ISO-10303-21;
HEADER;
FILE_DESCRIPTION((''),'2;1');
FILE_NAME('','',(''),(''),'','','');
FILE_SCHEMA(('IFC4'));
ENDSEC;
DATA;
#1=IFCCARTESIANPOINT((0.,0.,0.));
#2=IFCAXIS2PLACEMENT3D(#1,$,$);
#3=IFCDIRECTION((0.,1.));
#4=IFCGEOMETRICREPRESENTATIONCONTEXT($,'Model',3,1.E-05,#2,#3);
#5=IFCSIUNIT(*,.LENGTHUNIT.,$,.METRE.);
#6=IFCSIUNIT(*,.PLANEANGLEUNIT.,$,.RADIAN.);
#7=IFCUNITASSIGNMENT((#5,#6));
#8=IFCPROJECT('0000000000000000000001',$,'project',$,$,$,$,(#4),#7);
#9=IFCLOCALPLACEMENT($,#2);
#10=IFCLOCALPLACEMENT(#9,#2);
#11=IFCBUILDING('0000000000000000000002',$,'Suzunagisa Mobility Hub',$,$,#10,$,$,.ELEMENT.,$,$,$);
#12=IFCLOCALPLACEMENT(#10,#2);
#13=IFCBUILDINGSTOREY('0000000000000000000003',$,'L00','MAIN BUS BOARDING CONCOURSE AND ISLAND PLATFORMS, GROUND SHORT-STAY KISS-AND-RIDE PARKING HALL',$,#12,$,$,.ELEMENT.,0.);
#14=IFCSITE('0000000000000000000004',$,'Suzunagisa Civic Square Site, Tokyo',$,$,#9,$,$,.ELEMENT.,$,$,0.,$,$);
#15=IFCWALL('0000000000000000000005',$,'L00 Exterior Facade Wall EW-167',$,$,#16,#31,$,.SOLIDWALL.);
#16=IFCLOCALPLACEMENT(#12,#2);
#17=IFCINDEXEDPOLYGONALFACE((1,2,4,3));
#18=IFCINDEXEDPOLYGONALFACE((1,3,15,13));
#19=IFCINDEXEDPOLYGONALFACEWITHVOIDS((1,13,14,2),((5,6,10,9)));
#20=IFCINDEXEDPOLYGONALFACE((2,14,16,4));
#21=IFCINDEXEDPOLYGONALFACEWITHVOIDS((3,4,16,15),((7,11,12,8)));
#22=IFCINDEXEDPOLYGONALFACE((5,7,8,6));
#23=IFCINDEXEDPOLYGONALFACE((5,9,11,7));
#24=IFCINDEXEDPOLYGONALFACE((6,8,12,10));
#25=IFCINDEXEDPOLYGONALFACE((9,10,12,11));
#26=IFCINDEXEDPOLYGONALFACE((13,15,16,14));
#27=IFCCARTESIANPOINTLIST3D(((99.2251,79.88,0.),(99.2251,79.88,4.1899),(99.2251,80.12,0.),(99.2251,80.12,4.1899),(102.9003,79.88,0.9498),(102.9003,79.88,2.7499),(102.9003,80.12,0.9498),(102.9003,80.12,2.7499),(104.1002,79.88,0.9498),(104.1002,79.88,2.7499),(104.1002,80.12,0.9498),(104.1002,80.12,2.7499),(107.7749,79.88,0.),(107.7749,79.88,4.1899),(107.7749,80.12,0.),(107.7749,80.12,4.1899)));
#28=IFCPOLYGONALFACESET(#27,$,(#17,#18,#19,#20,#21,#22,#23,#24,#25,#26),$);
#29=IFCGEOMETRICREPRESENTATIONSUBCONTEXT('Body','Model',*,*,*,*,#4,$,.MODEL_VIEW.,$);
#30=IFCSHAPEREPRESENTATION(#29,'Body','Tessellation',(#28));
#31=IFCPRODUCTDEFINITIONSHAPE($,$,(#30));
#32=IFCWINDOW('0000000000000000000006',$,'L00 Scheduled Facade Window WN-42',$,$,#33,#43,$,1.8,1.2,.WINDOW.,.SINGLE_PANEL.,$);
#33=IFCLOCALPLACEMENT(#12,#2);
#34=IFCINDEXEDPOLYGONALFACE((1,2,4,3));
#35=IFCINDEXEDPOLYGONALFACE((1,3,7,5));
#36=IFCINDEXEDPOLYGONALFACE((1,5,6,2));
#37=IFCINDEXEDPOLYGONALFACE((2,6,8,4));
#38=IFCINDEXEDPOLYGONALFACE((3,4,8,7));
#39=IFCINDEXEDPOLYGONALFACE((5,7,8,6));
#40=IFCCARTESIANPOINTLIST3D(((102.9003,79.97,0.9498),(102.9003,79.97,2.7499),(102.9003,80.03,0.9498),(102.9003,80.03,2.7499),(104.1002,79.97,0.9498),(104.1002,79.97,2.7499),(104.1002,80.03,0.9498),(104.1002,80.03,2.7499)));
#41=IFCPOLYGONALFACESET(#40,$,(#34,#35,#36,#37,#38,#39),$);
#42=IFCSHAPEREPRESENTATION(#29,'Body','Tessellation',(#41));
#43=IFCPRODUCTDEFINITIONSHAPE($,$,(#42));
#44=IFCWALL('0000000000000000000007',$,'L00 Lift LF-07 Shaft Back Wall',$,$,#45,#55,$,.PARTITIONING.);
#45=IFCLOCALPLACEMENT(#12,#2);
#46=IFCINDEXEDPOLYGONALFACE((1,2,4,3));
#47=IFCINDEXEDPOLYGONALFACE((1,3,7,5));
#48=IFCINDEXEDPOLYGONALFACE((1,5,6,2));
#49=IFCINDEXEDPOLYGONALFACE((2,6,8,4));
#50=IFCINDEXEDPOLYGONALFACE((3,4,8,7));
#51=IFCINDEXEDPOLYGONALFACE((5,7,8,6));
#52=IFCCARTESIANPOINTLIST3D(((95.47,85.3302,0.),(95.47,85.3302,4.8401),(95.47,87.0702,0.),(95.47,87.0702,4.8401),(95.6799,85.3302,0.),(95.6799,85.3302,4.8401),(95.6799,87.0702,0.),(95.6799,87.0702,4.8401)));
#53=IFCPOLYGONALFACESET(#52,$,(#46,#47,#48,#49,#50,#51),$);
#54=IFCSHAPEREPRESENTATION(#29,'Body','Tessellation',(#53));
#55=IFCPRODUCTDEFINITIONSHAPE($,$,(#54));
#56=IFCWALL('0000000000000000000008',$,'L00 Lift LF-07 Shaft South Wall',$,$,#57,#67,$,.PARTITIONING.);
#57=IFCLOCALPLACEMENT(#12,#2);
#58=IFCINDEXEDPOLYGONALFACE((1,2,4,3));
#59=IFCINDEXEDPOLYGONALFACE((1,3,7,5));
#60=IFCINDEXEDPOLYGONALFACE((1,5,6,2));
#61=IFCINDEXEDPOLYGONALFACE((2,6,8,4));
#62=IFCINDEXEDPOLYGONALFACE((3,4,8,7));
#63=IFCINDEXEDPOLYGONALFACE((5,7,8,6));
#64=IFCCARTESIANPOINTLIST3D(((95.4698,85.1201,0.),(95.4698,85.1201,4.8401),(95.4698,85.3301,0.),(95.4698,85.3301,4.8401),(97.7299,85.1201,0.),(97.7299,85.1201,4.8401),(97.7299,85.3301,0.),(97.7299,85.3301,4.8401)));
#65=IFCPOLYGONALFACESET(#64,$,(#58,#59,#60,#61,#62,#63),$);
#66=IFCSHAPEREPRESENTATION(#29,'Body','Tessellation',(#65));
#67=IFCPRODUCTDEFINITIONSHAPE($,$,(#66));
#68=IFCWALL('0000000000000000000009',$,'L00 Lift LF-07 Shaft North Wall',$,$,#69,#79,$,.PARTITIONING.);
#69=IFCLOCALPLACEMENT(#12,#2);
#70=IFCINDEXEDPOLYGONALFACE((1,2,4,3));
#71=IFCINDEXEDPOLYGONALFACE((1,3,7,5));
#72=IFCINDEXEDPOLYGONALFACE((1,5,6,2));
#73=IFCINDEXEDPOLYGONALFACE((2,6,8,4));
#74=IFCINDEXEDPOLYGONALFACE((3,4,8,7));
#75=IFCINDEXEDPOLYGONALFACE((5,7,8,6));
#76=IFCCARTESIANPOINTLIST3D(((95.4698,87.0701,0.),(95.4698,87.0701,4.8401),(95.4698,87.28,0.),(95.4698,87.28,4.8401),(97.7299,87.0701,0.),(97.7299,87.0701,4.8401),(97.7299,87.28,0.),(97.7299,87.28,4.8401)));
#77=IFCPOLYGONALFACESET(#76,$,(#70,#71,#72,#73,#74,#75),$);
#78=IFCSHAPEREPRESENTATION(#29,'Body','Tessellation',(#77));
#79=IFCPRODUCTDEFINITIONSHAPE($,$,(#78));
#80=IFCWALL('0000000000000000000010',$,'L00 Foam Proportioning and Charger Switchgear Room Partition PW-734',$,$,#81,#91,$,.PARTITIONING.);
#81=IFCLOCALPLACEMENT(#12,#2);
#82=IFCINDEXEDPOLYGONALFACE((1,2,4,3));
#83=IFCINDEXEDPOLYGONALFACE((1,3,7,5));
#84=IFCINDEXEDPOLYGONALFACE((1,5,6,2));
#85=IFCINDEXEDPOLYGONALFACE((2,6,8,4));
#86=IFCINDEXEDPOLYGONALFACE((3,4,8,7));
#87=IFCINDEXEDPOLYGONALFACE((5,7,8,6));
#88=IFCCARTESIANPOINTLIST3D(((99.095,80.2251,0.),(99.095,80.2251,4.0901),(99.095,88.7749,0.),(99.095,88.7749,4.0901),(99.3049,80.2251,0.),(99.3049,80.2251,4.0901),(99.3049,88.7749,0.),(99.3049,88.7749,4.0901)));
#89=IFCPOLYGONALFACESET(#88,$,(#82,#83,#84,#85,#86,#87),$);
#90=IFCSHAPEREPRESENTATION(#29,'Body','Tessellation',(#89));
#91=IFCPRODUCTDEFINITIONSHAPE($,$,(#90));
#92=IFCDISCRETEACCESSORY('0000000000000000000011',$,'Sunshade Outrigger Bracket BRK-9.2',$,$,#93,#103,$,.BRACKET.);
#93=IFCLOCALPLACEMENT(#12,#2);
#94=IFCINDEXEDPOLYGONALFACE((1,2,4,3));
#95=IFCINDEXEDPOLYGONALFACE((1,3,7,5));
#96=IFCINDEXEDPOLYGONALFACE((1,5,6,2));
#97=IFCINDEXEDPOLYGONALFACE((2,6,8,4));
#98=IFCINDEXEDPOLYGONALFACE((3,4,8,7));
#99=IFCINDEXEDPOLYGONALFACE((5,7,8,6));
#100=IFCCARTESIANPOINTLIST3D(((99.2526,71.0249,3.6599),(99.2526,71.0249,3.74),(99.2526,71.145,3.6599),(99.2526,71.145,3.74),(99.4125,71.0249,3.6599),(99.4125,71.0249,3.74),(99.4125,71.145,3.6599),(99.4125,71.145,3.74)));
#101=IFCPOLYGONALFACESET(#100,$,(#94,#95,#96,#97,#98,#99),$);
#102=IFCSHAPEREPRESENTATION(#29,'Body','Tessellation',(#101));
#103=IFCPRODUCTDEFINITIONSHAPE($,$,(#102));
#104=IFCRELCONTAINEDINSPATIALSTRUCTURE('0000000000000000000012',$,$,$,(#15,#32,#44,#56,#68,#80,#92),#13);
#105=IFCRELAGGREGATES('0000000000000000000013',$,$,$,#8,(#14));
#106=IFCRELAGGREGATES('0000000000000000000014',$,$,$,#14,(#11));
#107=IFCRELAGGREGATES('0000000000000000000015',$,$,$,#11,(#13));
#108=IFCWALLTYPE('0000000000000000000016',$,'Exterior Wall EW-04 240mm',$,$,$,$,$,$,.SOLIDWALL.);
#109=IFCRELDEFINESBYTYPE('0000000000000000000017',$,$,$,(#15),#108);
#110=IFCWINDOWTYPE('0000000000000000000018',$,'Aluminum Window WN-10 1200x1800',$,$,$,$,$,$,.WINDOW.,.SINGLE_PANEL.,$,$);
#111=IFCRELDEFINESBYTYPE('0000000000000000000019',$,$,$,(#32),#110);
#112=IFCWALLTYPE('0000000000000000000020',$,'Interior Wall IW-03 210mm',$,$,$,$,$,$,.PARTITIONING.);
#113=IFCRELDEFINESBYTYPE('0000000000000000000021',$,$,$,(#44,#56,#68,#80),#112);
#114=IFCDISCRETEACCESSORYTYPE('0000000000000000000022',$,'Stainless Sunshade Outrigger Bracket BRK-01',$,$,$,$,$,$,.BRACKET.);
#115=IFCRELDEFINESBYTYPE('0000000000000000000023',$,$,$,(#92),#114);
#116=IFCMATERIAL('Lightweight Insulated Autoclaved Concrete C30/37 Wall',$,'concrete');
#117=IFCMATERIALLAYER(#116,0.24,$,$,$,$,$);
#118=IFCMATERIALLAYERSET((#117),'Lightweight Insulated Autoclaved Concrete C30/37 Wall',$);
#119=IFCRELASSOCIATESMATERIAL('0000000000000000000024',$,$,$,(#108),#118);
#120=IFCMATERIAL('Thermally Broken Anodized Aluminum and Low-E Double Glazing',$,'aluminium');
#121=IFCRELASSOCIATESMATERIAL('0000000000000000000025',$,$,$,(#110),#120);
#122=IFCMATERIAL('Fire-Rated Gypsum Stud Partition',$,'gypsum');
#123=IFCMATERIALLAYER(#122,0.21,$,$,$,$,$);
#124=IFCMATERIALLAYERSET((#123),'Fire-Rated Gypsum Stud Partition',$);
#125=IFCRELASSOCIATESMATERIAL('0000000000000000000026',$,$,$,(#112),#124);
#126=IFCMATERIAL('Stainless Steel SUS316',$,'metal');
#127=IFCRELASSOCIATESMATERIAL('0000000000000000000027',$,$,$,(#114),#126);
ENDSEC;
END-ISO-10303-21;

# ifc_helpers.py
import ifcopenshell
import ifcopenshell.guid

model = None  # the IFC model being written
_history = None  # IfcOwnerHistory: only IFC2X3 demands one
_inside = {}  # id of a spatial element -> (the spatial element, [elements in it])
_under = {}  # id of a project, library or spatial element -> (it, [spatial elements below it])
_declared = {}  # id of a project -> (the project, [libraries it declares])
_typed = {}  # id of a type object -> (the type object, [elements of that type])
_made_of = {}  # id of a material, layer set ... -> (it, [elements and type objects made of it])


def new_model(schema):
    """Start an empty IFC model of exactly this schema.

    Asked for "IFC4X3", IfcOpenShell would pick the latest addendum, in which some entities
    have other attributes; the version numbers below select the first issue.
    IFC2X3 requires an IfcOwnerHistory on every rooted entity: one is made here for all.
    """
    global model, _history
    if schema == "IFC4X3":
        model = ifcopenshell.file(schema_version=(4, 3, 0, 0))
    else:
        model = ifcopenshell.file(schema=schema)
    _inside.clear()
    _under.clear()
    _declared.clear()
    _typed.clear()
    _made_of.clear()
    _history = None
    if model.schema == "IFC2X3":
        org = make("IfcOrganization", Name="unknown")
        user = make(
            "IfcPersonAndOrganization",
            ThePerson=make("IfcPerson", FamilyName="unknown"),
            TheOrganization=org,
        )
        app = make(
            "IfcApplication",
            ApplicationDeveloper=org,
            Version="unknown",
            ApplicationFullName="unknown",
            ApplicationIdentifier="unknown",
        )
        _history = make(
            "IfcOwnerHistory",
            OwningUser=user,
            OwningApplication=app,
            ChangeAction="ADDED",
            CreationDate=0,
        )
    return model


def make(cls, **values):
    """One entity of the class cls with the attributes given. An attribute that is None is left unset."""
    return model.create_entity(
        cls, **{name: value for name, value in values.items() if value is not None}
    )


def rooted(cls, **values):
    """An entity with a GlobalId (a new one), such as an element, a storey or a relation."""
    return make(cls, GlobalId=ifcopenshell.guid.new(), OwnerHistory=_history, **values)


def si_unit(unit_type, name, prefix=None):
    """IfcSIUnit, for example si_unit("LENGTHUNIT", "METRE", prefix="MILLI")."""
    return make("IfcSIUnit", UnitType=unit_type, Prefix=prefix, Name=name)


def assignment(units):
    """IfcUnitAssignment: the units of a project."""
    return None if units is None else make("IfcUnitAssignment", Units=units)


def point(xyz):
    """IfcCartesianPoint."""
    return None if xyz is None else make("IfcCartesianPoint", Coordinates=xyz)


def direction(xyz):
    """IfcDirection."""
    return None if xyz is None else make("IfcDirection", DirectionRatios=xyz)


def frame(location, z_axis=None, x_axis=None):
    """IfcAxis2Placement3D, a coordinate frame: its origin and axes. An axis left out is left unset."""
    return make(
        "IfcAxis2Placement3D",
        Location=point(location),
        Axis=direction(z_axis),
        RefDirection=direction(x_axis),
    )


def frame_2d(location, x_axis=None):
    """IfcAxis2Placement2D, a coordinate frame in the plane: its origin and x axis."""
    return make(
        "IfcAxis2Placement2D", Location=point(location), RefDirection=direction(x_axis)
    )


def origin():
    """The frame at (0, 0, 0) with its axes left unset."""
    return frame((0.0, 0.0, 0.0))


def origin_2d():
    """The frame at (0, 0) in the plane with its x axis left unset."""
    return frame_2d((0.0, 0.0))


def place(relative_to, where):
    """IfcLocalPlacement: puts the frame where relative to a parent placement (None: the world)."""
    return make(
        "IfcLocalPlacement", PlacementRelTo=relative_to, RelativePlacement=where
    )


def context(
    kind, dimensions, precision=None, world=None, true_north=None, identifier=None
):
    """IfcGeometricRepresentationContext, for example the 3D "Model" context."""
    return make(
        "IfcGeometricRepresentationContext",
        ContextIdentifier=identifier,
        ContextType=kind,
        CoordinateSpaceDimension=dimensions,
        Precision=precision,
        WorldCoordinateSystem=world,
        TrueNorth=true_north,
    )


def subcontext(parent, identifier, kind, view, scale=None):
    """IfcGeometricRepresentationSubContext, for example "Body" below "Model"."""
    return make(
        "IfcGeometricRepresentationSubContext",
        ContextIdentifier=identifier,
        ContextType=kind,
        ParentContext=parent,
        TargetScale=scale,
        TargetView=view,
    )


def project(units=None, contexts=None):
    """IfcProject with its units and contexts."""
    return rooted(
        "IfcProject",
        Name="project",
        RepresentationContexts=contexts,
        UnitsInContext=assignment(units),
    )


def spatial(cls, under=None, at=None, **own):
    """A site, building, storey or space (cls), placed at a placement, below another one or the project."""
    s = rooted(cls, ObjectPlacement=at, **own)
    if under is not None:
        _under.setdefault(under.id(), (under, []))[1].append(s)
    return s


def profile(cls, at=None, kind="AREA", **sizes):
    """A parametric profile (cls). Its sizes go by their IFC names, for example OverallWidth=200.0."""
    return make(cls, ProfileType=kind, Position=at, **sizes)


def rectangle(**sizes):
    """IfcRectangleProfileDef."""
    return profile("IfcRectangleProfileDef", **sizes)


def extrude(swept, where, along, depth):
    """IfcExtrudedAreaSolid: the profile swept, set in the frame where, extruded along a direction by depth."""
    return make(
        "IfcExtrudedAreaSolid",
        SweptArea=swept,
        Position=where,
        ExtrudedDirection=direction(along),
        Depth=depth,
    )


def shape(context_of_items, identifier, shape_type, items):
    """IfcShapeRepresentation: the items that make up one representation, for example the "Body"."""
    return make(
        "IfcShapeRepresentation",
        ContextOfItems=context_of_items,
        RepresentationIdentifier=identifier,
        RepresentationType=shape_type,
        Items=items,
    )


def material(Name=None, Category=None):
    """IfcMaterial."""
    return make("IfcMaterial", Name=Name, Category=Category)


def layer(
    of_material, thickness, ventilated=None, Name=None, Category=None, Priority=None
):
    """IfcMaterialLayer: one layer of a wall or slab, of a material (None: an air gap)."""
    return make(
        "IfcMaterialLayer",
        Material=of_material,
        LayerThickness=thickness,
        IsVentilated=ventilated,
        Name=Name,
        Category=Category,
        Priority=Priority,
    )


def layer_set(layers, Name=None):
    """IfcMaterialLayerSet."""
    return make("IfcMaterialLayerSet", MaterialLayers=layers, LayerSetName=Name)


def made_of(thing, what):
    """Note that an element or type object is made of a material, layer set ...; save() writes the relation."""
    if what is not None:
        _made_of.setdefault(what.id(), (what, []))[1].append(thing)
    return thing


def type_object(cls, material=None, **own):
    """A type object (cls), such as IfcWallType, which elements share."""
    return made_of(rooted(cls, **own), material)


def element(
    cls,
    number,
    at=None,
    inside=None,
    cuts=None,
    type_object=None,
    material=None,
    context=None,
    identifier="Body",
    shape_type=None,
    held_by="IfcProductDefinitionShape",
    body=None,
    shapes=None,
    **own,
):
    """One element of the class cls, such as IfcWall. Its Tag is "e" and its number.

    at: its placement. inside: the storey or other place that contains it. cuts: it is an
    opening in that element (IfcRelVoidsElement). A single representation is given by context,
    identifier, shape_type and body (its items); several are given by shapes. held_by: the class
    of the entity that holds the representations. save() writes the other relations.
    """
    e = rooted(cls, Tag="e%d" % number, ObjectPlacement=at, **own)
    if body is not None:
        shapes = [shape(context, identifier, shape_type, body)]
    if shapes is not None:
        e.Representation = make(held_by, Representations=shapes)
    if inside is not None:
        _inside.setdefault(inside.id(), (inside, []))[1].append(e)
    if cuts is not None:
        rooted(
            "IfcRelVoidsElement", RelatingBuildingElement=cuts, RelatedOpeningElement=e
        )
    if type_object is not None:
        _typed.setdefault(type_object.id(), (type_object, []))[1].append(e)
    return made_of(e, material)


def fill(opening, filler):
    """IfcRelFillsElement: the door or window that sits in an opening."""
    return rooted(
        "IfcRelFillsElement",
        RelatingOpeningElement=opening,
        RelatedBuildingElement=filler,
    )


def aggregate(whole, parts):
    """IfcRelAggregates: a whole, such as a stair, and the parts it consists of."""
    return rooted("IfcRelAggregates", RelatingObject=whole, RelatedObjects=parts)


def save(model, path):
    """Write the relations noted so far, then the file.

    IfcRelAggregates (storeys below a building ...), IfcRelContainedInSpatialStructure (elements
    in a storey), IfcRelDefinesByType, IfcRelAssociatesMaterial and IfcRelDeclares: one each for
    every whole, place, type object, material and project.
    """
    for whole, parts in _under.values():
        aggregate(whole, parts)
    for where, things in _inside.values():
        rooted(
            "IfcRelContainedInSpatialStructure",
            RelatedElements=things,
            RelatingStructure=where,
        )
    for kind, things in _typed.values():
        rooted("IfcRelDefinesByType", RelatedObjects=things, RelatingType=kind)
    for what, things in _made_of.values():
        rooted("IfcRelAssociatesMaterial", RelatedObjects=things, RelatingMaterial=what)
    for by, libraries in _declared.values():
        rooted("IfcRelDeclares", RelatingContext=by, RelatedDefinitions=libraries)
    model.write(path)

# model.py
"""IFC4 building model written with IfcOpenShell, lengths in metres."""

from ifc_helpers import new_model, si_unit, direction, frame, frame_2d, origin, origin_2d, place, context, subcontext, project, spatial, rectangle, extrude, material, layer, layer_set, type_object, element, fill, save


model = new_model("IFC4")

# Units and contexts
model_context = context("Model", 3, precision=1e-05, world=origin(), true_north=direction((0.0, 1.0)))
body_context = subcontext(model_context, "Body", "Model", "MODEL_VIEW")
ifc_project = project(units=[si_unit("LENGTHUNIT", "METRE"), si_unit("PLANEANGLEUNIT", "RADIAN")], contexts=[model_context])

# Site, building, storey
site_placement = place(None, origin())
site = spatial("IfcSite", under=ifc_project, at=site_placement, Name="Suzunagisa Civic Square Site, Tokyo", CompositionType="ELEMENT", RefElevation=0.0)
building_placement = place(site_placement, origin())
building = spatial("IfcBuilding", under=site, at=building_placement, Name="Suzunagisa Mobility Hub", CompositionType="ELEMENT")
storey_placement = place(building_placement, origin())
storey = spatial("IfcBuildingStorey", under=building, at=storey_placement, Name="L00", Description="MAIN BUS BOARDING CONCOURSE AND ISLAND PLATFORMS, GROUND SHORT-STAY KISS-AND-RIDE PARKING HALL", CompositionType="ELEMENT", Elevation=0.0)

# Wall, opening, window
ifc_material_1 = material(Name="Lightweight Insulated Autoclaved Concrete C30/37 Wall", Category="concrete")
ifc_layer_1 = layer(ifc_material_1, 0.24)
ifc_layer_set_1 = layer_set([ifc_layer_1], Name="Lightweight Insulated Autoclaved Concrete C30/37 Wall")
wall_type_1 = type_object("IfcWallType", Name="Exterior Wall EW-04 240mm", PredefinedType="SOLIDWALL", material=ifc_layer_set_1)
wall_1_placement = place(storey_placement, frame((99.2251, 80.0, 0.0), z_axis=(0.0, 0.0, 1.0), x_axis=(1.0, 0.0, 0.0)))
wall_1 = element("IfcWall", 1, at=wall_1_placement, inside=storey, type_object=wall_type_1, Name="L00 Exterior Facade Wall EW-167", PredefinedType="SOLIDWALL", context=body_context, shape_type="SweptSolid", body=[
    extrude(rectangle(XDim=8.5498, YDim=0.24, at=frame_2d((4.2749, 0.0))), origin(), (0.0, 0.0, 1.0), 4.1899),
])
opening_1_placement = place(wall_1_placement, frame((3.675, 0.0, 0.95)))
opening_1 = element("IfcOpeningElement", 2, at=opening_1_placement, cuts=wall_1, PredefinedType="OPENING", context=body_context, shape_type="SweptSolid", body=[
    extrude(rectangle(XDim=1.2, YDim=1.8, at=frame_2d((0.6001, 0.8999))), frame((0.0, 0.1309, 0.0), z_axis=(0.0, -1.0, 0.0), x_axis=(1.0, 0.0, 0.0)), (0.0, 0.0, 1.0), 0.262),
])
ifc_material_2 = material(Name="Thermally Broken Anodized Aluminum and Low-E Double Glazing", Category="aluminium")
window_type = type_object("IfcWindowType", Name="Aluminum Window WN-10 1200x1800", PartitioningType="SINGLE_PANEL", PredefinedType="WINDOW", material=ifc_material_2)
window_placement = place(opening_1_placement, origin())
window = element("IfcWindow", 3, at=window_placement, inside=storey, type_object=window_type, Name="L00 Scheduled Facade Window WN-42", OverallHeight=1.8, OverallWidth=1.2, PartitioningType="SINGLE_PANEL", PredefinedType="WINDOW", context=body_context, shape_type="SweptSolid", body=[
    extrude(rectangle(XDim=1.2, YDim=1.8, at=frame_2d((0.6001, 0.8999))), frame((0.0, 0.03, 0.0), z_axis=(0.0, -1.0, 0.0), x_axis=(1.0, 0.0, 0.0)), (0.0, 0.0, 1.0), 0.0601),
])
fill(opening_1, window)

# Shared definitions
ifc_material_3 = material(Name="Fire-Rated Gypsum Stud Partition", Category="gypsum")
ifc_layer_2 = layer(ifc_material_3, 0.21)
ifc_layer_set_2 = layer_set([ifc_layer_2], Name="Fire-Rated Gypsum Stud Partition")
wall_type_2 = type_object("IfcWallType", Name="Interior Wall IW-03 210mm", PredefinedType="PARTITIONING", material=ifc_layer_set_2)

# Walls
wall_2_placement = place(storey_placement, frame((95.575, 85.3301, 0.0), z_axis=(0.0, 0.0, 1.0), x_axis=(0.0, 1.0, 0.0)))
element("IfcWall", 4, at=wall_2_placement, inside=storey, type_object=wall_type_2, Name="L00 Lift LF-07 Shaft Back Wall", PredefinedType="PARTITIONING", context=body_context, shape_type="SweptSolid", body=[
    extrude(rectangle(XDim=1.74, YDim=0.21, at=frame_2d((0.8701, 0.0))), origin(), (0.0, 0.0, 1.0), 4.8401),
])
for number, where, z_axis, x_axis, name in (
    (5, (95.47, 85.2251, 0.0), (0.0, 0.0, 1.0), (1.0, 0.0, 0.0), "L00 Lift LF-07 Shaft South Wall"),
    (6, (95.47, 87.175, 0.0), (0.0, 0.0, 1.0), (1.0, 0.0, 0.0), "L00 Lift LF-07 Shaft North Wall"),
):
    element("IfcWall", number, at=place(storey_placement, frame(where, z_axis=z_axis, x_axis=x_axis)), inside=storey, type_object=wall_type_2, Name=name, PredefinedType="PARTITIONING", context=body_context, shape_type="SweptSolid", body=[
        extrude(rectangle(XDim=2.26, YDim=0.21, at=frame_2d((1.1299, 0.0))), origin(), (0.0, 0.0, 1.0), 4.8401),
    ])
wall_3_placement = place(storey_placement, frame((99.2, 80.2251, 0.0), z_axis=(0.0, 0.0, 1.0), x_axis=(0.0, 1.0, 0.0)))
element("IfcWall", 7, at=wall_3_placement, inside=storey, type_object=wall_type_2, Name="L00 Foam Proportioning and Charger Switchgear Room Partition PW-734", PredefinedType="PARTITIONING", context=body_context, shape_type="SweptSolid", body=[
    extrude(rectangle(XDim=8.5498, YDim=0.21, at=frame_2d((4.2749, 0.0))), origin(), (0.0, 0.0, 1.0), 4.0901),
])

# Discrete accessory
ifc_material_4 = material(Name="Stainless Steel SUS316", Category="metal")
discrete_accessory_type = type_object("IfcDiscreteAccessoryType", Name="Stainless Sunshade Outrigger Bracket BRK-01", PredefinedType="BRACKET", material=ifc_material_4)
discrete_accessory_placement = place(storey_placement, frame((99.3325, 71.085, 3.6599), z_axis=(0.0, 0.0, 1.0), x_axis=(-1.0, 0.0, 0.0)))
element("IfcDiscreteAccessory", 8, at=discrete_accessory_placement, inside=storey, type_object=discrete_accessory_type, Name="Sunshade Outrigger Bracket BRK-9.2", PredefinedType="BRACKET", context=body_context, shape_type="SweptSolid", body=[
    extrude(rectangle(XDim=0.1599, YDim=0.1201, at=origin_2d()), origin(), (0.0, 0.0, 1.0), 0.0801),
])

save(model, "model.ifc")
